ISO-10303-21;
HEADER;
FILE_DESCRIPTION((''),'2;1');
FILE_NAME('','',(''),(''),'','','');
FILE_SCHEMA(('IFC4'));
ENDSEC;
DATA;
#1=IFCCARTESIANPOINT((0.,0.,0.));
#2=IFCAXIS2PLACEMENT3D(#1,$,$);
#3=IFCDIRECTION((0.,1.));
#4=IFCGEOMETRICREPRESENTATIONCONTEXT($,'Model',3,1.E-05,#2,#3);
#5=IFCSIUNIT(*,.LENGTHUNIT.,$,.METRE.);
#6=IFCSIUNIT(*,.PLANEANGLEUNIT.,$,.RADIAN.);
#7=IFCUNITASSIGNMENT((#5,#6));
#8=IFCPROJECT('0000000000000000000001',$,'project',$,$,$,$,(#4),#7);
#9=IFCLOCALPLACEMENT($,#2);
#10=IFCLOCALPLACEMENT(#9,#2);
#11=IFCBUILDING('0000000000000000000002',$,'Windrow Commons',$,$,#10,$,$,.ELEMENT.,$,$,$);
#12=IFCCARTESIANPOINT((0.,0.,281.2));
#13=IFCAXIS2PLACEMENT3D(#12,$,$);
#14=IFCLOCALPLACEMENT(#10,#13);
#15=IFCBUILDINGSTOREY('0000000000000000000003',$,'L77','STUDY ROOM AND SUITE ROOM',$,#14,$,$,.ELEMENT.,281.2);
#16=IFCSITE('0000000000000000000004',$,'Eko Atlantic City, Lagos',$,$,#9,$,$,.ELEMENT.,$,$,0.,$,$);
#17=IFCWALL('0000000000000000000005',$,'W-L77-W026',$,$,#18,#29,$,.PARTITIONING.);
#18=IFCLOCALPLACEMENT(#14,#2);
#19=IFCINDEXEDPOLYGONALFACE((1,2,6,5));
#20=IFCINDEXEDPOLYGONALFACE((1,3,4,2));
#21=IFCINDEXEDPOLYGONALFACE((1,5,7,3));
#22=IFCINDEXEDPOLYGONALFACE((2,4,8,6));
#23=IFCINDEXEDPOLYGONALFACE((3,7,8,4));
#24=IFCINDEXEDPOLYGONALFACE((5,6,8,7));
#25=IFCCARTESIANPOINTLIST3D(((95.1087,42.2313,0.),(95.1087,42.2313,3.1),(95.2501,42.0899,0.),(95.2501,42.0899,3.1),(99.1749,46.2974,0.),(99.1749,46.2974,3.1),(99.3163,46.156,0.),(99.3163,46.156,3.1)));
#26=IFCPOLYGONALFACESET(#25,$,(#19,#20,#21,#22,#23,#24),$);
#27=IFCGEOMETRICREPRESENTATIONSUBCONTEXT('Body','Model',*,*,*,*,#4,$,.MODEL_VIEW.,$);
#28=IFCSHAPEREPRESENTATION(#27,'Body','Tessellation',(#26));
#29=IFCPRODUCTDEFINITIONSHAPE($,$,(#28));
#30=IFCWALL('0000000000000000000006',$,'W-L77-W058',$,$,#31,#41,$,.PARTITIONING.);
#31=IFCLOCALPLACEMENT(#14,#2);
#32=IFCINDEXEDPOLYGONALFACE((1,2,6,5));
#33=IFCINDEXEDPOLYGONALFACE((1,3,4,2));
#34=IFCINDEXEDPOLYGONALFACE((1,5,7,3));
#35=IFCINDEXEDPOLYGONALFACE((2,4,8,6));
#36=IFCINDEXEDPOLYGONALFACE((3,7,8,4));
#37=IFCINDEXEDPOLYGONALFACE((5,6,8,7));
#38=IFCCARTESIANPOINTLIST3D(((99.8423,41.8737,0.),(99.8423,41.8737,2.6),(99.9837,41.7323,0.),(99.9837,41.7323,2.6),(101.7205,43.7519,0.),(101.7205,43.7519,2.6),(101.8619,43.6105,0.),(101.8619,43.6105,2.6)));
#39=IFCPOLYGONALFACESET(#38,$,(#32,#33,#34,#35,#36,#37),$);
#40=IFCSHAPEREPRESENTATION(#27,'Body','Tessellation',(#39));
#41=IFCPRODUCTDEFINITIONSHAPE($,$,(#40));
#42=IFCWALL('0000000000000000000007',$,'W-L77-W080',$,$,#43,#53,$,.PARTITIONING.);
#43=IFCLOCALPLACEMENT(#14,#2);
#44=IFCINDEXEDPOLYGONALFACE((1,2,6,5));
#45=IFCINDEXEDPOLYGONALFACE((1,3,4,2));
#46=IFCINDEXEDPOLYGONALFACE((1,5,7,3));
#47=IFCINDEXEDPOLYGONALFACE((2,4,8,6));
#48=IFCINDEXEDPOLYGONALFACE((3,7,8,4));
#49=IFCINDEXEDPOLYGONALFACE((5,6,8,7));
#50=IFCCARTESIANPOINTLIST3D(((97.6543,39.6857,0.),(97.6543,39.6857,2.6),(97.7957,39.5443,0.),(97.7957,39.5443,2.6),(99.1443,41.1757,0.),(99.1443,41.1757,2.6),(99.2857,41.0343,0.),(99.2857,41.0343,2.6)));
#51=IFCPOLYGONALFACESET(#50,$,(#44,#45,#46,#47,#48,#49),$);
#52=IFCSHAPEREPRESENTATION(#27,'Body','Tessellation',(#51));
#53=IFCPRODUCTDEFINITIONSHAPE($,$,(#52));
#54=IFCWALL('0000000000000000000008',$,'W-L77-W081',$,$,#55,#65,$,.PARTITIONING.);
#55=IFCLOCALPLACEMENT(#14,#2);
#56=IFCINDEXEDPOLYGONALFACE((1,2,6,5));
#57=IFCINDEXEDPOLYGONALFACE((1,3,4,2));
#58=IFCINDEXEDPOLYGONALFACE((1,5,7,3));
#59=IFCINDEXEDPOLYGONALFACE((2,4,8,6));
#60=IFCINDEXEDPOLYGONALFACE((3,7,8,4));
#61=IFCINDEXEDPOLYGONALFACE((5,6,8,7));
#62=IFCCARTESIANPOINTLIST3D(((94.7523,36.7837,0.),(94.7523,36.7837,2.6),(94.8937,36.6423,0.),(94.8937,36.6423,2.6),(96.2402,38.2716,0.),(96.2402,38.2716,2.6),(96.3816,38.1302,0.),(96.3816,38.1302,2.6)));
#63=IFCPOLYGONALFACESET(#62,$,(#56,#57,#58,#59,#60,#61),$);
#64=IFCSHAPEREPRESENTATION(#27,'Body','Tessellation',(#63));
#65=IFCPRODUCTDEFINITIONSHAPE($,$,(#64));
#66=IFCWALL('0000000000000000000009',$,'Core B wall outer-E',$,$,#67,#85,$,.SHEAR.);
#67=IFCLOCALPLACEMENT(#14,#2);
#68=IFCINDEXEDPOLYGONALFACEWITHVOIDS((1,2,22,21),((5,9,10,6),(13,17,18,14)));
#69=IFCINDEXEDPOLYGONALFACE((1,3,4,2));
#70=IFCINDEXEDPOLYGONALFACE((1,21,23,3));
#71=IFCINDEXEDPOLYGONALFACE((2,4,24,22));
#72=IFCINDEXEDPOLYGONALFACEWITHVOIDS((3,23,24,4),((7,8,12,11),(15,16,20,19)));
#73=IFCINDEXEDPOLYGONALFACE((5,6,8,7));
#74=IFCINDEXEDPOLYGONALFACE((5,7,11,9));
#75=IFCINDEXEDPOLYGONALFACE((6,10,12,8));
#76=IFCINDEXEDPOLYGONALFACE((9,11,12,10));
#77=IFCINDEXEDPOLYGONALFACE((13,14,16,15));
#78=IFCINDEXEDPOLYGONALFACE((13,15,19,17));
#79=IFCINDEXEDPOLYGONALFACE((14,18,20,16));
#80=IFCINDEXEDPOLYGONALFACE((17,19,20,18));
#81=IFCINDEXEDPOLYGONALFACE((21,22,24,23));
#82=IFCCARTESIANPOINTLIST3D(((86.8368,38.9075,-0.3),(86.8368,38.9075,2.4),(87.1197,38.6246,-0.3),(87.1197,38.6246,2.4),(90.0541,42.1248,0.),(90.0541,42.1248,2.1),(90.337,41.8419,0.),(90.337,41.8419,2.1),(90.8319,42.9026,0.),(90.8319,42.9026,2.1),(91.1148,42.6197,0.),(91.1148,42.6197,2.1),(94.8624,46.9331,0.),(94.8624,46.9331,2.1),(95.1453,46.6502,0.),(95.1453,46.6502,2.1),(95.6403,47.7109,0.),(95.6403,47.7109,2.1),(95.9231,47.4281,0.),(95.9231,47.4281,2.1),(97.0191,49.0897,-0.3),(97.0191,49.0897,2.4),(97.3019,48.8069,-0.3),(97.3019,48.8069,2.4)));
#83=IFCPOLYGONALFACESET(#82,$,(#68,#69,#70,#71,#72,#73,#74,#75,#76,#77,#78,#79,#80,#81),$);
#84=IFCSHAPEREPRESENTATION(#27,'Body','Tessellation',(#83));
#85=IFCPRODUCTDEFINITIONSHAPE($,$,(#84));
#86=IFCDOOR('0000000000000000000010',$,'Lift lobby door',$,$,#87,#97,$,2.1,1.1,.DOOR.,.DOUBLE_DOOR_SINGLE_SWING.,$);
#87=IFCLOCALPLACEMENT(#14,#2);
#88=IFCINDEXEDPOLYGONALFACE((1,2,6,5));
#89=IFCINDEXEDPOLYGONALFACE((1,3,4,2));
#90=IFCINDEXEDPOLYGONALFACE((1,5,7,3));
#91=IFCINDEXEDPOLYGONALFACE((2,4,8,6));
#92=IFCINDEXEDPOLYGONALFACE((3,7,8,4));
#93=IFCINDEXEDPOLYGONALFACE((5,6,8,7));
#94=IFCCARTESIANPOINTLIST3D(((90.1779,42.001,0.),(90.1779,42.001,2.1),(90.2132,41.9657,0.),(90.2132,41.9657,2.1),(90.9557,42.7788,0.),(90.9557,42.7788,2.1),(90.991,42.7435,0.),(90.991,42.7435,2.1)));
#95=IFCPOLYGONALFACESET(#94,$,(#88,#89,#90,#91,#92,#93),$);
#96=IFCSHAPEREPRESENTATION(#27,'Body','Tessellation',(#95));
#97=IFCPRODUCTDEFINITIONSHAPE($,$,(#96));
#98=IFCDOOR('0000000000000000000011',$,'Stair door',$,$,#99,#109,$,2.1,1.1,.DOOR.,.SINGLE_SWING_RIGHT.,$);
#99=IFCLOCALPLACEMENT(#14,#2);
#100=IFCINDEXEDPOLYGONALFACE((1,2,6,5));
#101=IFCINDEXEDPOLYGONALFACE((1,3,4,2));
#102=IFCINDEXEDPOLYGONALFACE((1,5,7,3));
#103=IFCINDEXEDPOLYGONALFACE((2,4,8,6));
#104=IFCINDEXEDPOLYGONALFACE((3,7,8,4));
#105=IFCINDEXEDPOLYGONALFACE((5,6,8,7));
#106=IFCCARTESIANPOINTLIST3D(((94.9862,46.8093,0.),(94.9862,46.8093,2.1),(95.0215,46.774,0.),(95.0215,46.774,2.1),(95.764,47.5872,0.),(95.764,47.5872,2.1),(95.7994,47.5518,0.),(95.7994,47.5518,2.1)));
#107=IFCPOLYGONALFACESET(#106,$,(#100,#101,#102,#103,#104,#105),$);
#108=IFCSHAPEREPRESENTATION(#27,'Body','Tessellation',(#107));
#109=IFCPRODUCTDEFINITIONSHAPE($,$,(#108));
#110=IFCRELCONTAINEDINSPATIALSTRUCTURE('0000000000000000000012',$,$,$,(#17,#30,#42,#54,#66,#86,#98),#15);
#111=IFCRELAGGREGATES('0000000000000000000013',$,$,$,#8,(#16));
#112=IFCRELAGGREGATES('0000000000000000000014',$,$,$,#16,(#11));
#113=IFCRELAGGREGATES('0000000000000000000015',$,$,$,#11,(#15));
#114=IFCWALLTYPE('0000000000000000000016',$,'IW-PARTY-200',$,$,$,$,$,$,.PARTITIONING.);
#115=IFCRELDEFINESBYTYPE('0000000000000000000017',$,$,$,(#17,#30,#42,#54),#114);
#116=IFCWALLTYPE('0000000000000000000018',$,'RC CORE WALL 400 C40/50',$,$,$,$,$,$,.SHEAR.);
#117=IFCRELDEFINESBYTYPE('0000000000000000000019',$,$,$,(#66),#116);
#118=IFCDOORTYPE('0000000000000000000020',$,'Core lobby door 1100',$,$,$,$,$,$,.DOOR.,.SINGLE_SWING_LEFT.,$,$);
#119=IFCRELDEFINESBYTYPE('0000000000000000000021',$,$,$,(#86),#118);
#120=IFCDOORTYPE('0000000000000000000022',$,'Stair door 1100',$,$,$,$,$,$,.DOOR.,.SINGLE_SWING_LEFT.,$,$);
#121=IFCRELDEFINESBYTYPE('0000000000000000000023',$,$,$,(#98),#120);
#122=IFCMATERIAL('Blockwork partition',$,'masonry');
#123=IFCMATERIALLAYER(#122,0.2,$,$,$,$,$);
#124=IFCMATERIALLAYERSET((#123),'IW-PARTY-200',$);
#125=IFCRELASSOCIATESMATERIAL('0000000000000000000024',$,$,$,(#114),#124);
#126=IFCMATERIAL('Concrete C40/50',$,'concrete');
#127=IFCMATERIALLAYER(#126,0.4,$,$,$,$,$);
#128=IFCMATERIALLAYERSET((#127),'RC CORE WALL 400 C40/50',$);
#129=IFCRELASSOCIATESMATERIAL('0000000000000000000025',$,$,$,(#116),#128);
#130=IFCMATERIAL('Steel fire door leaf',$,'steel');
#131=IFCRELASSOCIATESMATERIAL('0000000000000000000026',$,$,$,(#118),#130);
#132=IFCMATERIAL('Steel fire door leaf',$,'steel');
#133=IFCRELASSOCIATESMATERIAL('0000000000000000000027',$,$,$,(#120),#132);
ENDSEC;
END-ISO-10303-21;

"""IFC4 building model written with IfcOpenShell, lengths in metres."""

from ifc_helpers import new_model, si_unit, direction, frame, frame_2d, origin, place, context, subcontext, project, spatial, rectangle, extrude, material, layer, layer_set, type_object, element, fill, save


model = new_model("IFC4")

# Units and contexts
model_context = context("Model", 3, precision=1e-05, world=origin(), true_north=direction((0.0, 1.0)))
body_context = subcontext(model_context, "Body", "Model", "MODEL_VIEW")
ifc_project = project(units=[si_unit("LENGTHUNIT", "METRE"), si_unit("PLANEANGLEUNIT", "RADIAN")], contexts=[model_context])

# Site, building, storey
site_placement = place(None, origin())
site = spatial("IfcSite", under=ifc_project, at=site_placement, Name="Eko Atlantic City, Lagos", CompositionType="ELEMENT", RefElevation=0.0)
building_placement = place(site_placement, origin())
building = spatial("IfcBuilding", under=site, at=building_placement, Name="Windrow Commons", CompositionType="ELEMENT")
storey_placement = place(building_placement, frame((0.0, 0.0, 281.2)))
storey = spatial("IfcBuildingStorey", under=building, at=storey_placement, Name="L77", Description="STUDY ROOM AND SUITE ROOM", CompositionType="ELEMENT", Elevation=281.2)

# Walls
ifc_material_1 = material(Name="Blockwork partition", Category="masonry")
ifc_layer_1 = layer(ifc_material_1, 0.2)
ifc_layer_set_1 = layer_set([ifc_layer_1], Name="IW-PARTY-200")
wall_type_1 = type_object("IfcWallType", Name="IW-PARTY-200", PredefinedType="PARTITIONING", material=ifc_layer_set_1)
wall_1_placement = place(storey_placement, frame((95.1794, 42.1606, 0.0), z_axis=(0.0, 0.0, 1.0), x_axis=(0.707115, 0.707098, 0.0)))
element("IfcWall", 1, at=wall_1_placement, inside=storey, type_object=wall_type_1, Name="W-L77-W026", PredefinedType="PARTITIONING", context=body_context, shape_type="SweptSolid", body=[
    extrude(rectangle(XDim=5.7505, YDim=0.2, at=frame_2d((2.8752, 0.0))), origin(), (0.0, 0.0, 1.0), 3.1),
])
wall_2_placement = place(storey_placement, frame((99.913, 41.803, 0.0), z_axis=(0.0, 0.0, 1.0), x_axis=(0.707107, 0.707107, 0.0)))
element("IfcWall", 2, at=wall_2_placement, inside=storey, type_object=wall_type_1, Name="W-L77-W058", PredefinedType="PARTITIONING", context=body_context, shape_type="SweptSolid", body=[
    extrude(rectangle(XDim=2.6562, YDim=0.2, at=frame_2d((1.3281, 0.0))), origin(), (0.0, 0.0, 1.0), 2.6),
])
wall_3_placement = place(storey_placement, frame((97.725, 39.615, 0.0), z_axis=(0.0, 0.0, 1.0), x_axis=(0.707107, 0.707107, 0.0)))
element("IfcWall", 3, at=wall_3_placement, inside=storey, type_object=wall_type_1, Name="W-L77-W080", PredefinedType="PARTITIONING", context=body_context, shape_type="SweptSolid", body=[
    extrude(rectangle(XDim=2.1072, YDim=0.2, at=frame_2d((1.0536, 0.0))), origin(), (0.0, 0.0, 1.0), 2.6),
])
wall_4_placement = place(storey_placement, frame((94.823, 36.713, 0.0), z_axis=(0.0, 0.0, 1.0), x_axis=(0.707107, 0.707107, 0.0)))
element("IfcWall", 4, at=wall_4_placement, inside=storey, type_object=wall_type_1, Name="W-L77-W081", PredefinedType="PARTITIONING", context=body_context, shape_type="SweptSolid", body=[
    extrude(rectangle(XDim=2.1043, YDim=0.2, at=frame_2d((1.0521, 0.0))), origin(), (0.0, 0.0, 1.0), 2.6),
])

# Wall, openings, doors
ifc_material_2 = material(Name="Concrete C40/50", Category="concrete")
ifc_layer_2 = layer(ifc_material_2, 0.4)
ifc_layer_set_2 = layer_set([ifc_layer_2], Name="RC CORE WALL 400 C40/50")
wall_type_2 = type_object("IfcWallType", Name="RC CORE WALL 400 C40/50", PredefinedType="SHEAR", material=ifc_layer_set_2)
wall_5_placement = place(storey_placement, frame((86.9782, 38.766, -0.3), z_axis=(0.0, 0.0, 1.0), x_axis=(0.707107, 0.707107, 0.0)))
wall_5 = element("IfcWall", 5, at=wall_5_placement, inside=storey, type_object=wall_type_2, Name="Core B wall outer-E", PredefinedType="SHEAR", context=body_context, shape_type="SweptSolid", body=[
    extrude(rectangle(XDim=14.3999, YDim=0.4, at=frame_2d((7.2, 0.0))), origin(), (0.0, 0.0, 1.0), 2.7),
])
opening_1_placement = place(wall_5_placement, frame((4.55, 0.0, 0.3)))
opening_1 = element("IfcOpeningElement", 6, at=opening_1_placement, cuts=wall_5, PredefinedType="OPENING", context=body_context, shape_type="SweptSolid", body=[
    extrude(rectangle(XDim=1.1, YDim=2.1, at=frame_2d((0.55, 1.05))), frame((0.0, 0.21, 0.0), z_axis=(0.0, -1.0, 0.0), x_axis=(1.0, 0.0, 0.0)), (0.0, 0.0, 1.0), 0.42),
])
opening_2_placement = place(wall_5_placement, frame((11.35, 0.0, 0.3)))
opening_2 = element("IfcOpeningElement", 7, at=opening_2_placement, cuts=wall_5, PredefinedType="OPENING", context=body_context, shape_type="SweptSolid", body=[
    extrude(rectangle(XDim=1.1, YDim=2.1, at=frame_2d((0.55, 1.05))), frame((0.0, 0.21, 0.0), z_axis=(0.0, -1.0, 0.0), x_axis=(1.0, 0.0, 0.0)), (0.0, 0.0, 1.0), 0.42),
])
ifc_material_3 = material(Name="Steel fire door leaf", Category="steel")
door_type_1 = type_object("IfcDoorType", Name="Core lobby door 1100", OperationType="SINGLE_SWING_LEFT", PredefinedType="DOOR", material=ifc_material_3)
door_1_placement = place(opening_1_placement, origin())
door_1 = element("IfcDoor", 8, at=door_1_placement, inside=storey, type_object=door_type_1, Name="Lift lobby door", OperationType="DOUBLE_DOOR_SINGLE_SWING", OverallHeight=2.1, OverallWidth=1.1, PredefinedType="DOOR", context=body_context, shape_type="SweptSolid", body=[
    extrude(rectangle(XDim=1.1, YDim=2.1, at=frame_2d((0.55, 1.05))), frame((0.0, 0.025, 0.0), z_axis=(0.0, -1.0, 0.0), x_axis=(1.0, 0.0, 0.0)), (0.0, 0.0, 1.0), 0.05),
])
fill(opening_1, door_1)
ifc_material_4 = material(Name="Steel fire door leaf", Category="steel")
door_type_2 = type_object("IfcDoorType", Name="Stair door 1100", OperationType="SINGLE_SWING_LEFT", PredefinedType="DOOR", material=ifc_material_4)
door_2_placement = place(opening_2_placement, origin())
door_2 = element("IfcDoor", 9, at=door_2_placement, inside=storey, type_object=door_type_2, Name="Stair door", OperationType="SINGLE_SWING_RIGHT", OverallHeight=2.1, OverallWidth=1.1, PredefinedType="DOOR", context=body_context, shape_type="SweptSolid", body=[
    extrude(rectangle(XDim=1.1, YDim=2.1, at=frame_2d((0.55, 1.05))), frame((0.0, 0.025, 0.0), z_axis=(0.0, -1.0, 0.0), x_axis=(1.0, 0.0, 0.0)), (0.0, 0.0, 1.0), 0.05),
])
fill(opening_2, door_2)

save(model, "model.ifc")
